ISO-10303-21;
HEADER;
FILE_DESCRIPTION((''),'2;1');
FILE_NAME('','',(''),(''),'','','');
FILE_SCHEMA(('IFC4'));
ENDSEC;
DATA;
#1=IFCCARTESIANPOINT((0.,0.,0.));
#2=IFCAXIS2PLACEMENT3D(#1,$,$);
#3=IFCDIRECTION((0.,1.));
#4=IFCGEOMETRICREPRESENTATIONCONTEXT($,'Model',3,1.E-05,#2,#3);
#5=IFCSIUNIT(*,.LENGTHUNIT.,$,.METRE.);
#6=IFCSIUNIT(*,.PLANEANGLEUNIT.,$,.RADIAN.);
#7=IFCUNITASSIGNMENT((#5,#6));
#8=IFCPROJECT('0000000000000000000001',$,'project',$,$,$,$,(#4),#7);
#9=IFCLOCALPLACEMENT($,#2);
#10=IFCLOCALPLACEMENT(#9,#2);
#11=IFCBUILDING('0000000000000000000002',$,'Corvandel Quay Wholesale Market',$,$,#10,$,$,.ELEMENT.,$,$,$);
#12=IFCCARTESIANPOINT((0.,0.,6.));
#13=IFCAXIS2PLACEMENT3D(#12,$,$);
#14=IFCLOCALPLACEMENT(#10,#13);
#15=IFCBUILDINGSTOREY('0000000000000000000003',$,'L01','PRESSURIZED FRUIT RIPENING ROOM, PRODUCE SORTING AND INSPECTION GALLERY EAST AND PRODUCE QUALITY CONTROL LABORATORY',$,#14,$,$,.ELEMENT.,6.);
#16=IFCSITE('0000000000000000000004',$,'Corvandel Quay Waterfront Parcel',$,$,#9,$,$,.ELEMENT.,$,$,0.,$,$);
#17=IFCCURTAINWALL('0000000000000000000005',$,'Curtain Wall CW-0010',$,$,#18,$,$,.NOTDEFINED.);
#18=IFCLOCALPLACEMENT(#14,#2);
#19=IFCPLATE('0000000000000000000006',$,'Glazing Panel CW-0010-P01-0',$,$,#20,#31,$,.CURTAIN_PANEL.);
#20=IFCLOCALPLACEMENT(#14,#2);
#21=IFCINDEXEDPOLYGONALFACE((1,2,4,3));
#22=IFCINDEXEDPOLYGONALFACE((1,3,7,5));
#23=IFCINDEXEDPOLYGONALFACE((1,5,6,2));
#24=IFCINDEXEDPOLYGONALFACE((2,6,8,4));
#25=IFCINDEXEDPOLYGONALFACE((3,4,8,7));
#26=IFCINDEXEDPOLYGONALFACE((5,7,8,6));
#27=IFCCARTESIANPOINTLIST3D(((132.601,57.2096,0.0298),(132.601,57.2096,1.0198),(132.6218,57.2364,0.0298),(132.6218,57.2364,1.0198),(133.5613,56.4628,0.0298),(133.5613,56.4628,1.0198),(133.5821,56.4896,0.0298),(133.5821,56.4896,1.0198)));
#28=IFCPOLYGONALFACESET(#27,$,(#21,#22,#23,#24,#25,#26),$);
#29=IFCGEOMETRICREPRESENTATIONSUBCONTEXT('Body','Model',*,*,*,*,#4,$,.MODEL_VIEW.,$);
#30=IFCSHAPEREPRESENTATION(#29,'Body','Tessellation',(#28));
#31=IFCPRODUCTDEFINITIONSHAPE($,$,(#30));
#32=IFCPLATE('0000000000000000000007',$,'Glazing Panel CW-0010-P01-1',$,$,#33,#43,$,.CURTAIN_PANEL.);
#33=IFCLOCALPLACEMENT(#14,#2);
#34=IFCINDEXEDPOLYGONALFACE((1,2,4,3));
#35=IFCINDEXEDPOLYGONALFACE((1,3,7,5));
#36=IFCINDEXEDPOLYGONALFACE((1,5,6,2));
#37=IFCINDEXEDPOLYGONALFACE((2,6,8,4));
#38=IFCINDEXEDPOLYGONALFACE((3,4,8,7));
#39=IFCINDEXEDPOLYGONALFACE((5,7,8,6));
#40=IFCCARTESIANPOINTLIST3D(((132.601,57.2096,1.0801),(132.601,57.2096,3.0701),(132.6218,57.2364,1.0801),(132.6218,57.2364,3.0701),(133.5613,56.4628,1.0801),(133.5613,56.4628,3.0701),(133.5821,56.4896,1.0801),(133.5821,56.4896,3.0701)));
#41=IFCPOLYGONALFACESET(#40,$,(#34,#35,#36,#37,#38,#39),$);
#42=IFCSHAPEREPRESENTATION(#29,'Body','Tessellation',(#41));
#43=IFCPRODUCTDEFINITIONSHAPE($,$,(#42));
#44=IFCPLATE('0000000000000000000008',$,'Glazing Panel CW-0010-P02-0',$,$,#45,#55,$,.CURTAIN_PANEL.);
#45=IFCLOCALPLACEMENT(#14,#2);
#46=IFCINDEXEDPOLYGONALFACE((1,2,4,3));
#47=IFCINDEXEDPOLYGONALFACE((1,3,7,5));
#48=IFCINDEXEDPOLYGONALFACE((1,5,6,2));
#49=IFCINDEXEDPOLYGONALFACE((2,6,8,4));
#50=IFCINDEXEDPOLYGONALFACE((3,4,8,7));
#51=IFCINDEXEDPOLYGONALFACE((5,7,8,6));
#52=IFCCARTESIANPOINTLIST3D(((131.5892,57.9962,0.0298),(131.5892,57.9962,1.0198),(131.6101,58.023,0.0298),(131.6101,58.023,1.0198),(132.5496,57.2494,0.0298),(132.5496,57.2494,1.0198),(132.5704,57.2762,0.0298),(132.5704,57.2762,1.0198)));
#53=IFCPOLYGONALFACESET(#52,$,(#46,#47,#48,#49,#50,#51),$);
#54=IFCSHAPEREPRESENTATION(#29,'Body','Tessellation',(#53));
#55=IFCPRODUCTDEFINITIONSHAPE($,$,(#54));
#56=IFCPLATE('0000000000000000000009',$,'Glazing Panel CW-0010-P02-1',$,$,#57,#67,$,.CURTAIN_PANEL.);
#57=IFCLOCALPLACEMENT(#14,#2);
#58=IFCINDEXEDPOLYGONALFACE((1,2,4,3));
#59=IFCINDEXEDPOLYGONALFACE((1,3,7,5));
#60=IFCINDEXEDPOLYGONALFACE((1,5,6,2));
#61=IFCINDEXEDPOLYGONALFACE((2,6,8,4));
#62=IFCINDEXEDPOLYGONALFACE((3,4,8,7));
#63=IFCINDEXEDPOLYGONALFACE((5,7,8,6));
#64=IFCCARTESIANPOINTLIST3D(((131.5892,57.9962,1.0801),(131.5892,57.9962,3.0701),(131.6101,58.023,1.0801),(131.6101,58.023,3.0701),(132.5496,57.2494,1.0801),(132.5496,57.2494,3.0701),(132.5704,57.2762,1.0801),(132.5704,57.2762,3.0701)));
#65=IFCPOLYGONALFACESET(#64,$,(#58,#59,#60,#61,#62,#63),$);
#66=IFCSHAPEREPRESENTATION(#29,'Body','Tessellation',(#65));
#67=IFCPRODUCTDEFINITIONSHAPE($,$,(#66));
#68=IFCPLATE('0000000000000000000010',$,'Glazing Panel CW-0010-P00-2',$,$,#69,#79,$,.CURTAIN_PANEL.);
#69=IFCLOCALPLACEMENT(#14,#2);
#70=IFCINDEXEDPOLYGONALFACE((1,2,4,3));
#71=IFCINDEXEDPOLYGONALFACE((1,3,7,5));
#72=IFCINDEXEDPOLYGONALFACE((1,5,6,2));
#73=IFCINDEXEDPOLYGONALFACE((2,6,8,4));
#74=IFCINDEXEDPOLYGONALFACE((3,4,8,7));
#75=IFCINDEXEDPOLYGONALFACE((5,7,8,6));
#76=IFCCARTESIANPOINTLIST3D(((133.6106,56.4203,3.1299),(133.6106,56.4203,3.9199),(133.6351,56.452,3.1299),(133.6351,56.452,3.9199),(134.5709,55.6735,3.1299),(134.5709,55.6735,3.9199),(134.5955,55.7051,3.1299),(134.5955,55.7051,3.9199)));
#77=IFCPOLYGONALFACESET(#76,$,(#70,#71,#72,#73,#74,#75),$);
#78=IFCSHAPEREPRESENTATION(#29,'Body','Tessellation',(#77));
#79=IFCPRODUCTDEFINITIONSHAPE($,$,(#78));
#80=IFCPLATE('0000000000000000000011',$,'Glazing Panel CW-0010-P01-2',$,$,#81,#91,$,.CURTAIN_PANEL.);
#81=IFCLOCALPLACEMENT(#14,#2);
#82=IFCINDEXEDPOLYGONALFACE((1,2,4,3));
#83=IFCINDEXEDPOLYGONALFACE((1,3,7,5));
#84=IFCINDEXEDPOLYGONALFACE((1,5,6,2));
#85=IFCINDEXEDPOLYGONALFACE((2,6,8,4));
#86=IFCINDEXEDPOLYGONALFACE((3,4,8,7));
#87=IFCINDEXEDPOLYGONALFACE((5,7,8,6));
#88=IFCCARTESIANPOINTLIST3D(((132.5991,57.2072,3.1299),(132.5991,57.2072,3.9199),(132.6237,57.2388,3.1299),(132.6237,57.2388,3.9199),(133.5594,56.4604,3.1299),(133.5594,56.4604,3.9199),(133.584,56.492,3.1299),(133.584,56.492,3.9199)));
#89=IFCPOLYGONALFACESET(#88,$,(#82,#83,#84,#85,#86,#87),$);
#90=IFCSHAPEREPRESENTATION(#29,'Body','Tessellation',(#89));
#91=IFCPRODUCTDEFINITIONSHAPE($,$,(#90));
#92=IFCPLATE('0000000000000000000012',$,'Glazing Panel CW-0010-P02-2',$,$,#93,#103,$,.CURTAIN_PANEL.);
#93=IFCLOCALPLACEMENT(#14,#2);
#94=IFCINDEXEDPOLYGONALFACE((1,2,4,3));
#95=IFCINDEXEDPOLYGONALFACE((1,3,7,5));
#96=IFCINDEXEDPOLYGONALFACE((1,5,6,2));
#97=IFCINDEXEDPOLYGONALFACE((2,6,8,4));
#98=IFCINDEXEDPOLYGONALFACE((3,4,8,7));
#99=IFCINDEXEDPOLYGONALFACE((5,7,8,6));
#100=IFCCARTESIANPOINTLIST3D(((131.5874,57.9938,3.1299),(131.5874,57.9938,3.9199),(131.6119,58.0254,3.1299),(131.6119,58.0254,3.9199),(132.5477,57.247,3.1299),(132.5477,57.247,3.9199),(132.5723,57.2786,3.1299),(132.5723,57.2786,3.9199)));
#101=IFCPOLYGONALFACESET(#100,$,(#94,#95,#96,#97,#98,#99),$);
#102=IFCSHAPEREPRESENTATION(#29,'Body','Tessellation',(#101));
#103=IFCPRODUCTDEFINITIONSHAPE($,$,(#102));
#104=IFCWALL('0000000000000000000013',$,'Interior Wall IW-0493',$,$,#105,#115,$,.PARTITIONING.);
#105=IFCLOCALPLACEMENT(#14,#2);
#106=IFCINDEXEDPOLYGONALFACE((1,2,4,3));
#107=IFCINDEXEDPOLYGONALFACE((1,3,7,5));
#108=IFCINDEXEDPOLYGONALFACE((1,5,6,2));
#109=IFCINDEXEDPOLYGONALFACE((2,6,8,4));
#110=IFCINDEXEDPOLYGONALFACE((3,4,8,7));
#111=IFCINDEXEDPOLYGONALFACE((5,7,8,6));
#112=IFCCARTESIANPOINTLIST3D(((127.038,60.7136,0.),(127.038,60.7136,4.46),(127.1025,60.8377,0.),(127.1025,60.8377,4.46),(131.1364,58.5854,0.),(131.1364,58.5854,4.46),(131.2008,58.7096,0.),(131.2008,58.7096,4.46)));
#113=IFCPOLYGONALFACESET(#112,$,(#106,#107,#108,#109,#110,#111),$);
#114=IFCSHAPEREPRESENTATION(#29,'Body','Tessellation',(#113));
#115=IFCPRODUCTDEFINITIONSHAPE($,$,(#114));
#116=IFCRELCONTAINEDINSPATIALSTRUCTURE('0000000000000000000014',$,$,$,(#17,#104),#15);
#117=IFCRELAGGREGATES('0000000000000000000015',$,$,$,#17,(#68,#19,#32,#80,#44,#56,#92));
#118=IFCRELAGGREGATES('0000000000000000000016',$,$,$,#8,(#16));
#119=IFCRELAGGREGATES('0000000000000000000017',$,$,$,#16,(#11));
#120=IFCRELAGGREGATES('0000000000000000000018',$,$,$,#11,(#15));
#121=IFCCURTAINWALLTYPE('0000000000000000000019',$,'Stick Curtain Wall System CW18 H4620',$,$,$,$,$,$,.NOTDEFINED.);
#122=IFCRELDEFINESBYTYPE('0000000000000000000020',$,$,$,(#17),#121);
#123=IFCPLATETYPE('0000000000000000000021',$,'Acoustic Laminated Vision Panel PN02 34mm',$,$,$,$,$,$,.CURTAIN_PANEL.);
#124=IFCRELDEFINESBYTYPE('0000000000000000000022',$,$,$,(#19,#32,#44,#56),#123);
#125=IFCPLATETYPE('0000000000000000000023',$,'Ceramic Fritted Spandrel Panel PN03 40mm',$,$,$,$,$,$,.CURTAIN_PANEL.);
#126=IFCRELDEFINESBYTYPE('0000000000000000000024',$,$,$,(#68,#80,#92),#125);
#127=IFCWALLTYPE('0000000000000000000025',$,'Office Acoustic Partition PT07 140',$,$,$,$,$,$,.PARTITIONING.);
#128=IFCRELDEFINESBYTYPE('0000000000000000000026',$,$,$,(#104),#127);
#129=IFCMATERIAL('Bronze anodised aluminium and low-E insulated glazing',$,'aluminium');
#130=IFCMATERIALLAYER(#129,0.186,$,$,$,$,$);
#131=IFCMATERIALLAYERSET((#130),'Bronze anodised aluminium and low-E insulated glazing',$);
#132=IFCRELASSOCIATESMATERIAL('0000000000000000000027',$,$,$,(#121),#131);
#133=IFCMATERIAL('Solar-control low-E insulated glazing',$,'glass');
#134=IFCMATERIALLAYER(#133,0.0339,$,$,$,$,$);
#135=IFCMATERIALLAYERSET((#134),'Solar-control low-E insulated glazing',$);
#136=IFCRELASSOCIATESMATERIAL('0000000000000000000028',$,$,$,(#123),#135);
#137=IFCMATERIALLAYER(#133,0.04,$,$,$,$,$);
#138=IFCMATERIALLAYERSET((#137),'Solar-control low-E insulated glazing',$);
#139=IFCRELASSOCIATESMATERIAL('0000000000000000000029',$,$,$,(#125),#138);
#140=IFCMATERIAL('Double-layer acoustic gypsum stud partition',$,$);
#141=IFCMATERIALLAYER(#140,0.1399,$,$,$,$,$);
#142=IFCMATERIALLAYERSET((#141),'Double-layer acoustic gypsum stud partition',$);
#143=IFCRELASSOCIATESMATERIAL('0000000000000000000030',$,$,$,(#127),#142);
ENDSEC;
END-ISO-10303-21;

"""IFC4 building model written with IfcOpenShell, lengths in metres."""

from ifc_helpers import new_model, si_unit, direction, frame, frame_2d, origin, origin_2d, place, context, subcontext, project, spatial, rectangle, extrude, material, layer, layer_set, type_object, element, aggregate, save


model = new_model("IFC4")

# Units and contexts
model_context = context("Model", 3, precision=1e-05, world=origin(), true_north=direction((0.0, 1.0)))
body_context = subcontext(model_context, "Body", "Model", "MODEL_VIEW")
ifc_project = project(units=[si_unit("LENGTHUNIT", "METRE"), si_unit("PLANEANGLEUNIT", "RADIAN")], contexts=[model_context])

# Site, building, storey
site_placement = place(None, origin())
site = spatial("IfcSite", under=ifc_project, at=site_placement, Name="Corvandel Quay Waterfront Parcel", CompositionType="ELEMENT", RefElevation=0.0)
building_placement = place(site_placement, origin())
building = spatial("IfcBuilding", under=site, at=building_placement, Name="Corvandel Quay Wholesale Market", CompositionType="ELEMENT")
storey_placement = place(building_placement, frame((0.0, 0.0, 6.0)))
storey = spatial("IfcBuildingStorey", under=building, at=storey_placement, Name="L01", Description="PRESSURIZED FRUIT RIPENING ROOM, PRODUCE SORTING AND INSPECTION GALLERY EAST AND PRODUCE QUALITY CONTROL LABORATORY", CompositionType="ELEMENT", Elevation=6.0)

# Curtain wall, plates
ifc_material_1 = material(Name="Bronze anodised aluminium and low-E insulated glazing", Category="aluminium")
ifc_layer_1 = layer(ifc_material_1, 0.186)
ifc_layer_set_1 = layer_set([ifc_layer_1], Name="Bronze anodised aluminium and low-E insulated glazing")
curtain_wall_type = type_object("IfcCurtainWallType", Name="Stick Curtain Wall System CW18 H4620", PredefinedType="NOTDEFINED", material=ifc_layer_set_1)
curtain_wall_placement = place(storey_placement, origin())
curtain_wall = element("IfcCurtainWall", 1, at=curtain_wall_placement, inside=storey, type_object=curtain_wall_type, Name="Curtain Wall CW-0010", PredefinedType="NOTDEFINED")
ifc_material_2 = material(Name="Solar-control low-E insulated glazing", Category="glass")
ifc_layer_2 = layer(ifc_material_2, 0.0339)
ifc_layer_set_2 = layer_set([ifc_layer_2], Name="Solar-control low-E insulated glazing")
plate_type_1 = type_object("IfcPlateType", Name="Acoustic Laminated Vision Panel PN02 34mm", PredefinedType="CURTAIN_PANEL", material=ifc_layer_set_2)
plate_1_placement = place(storey_placement, frame((133.0916, 56.8496, 0.0298), z_axis=(0.0, 0.0, 1.0), x_axis=(-0.789406, 0.613872, 0.0)))
plate_1 = element("IfcPlate", 2, at=plate_1_placement, type_object=plate_type_1, Name="Glazing Panel CW-0010-P01-0", PredefinedType="CURTAIN_PANEL", context=body_context, shape_type="SweptSolid", body=[
    extrude(rectangle(XDim=1.2166, YDim=0.0339, at=origin_2d()), origin(), (0.0, 0.0, 1.0), 0.99),
])
plate_2_placement = place(storey_placement, frame((133.0916, 56.8496, 1.0801), z_axis=(0.0, 0.0, 1.0), x_axis=(-0.789406, 0.613872, 0.0)))
plate_2 = element("IfcPlate", 3, at=plate_2_placement, type_object=plate_type_1, Name="Glazing Panel CW-0010-P01-1", PredefinedType="CURTAIN_PANEL", context=body_context, shape_type="SweptSolid", body=[
    extrude(rectangle(XDim=1.2166, YDim=0.0339, at=origin_2d()), origin(), (0.0, 0.0, 1.0), 1.99),
])
plate_3_placement = place(storey_placement, frame((132.0798, 57.6362, 0.0298), z_axis=(0.0, 0.0, 1.0), x_axis=(-0.789406, 0.613872, 0.0)))
plate_3 = element("IfcPlate", 4, at=plate_3_placement, type_object=plate_type_1, Name="Glazing Panel CW-0010-P02-0", PredefinedType="CURTAIN_PANEL", context=body_context, shape_type="SweptSolid", body=[
    extrude(rectangle(XDim=1.2166, YDim=0.0339, at=origin_2d()), origin(), (0.0, 0.0, 1.0), 0.99),
])
plate_4_placement = place(storey_placement, frame((132.0798, 57.6362, 1.0801), z_axis=(0.0, 0.0, 1.0), x_axis=(-0.789406, 0.613872, 0.0)))
plate_4 = element("IfcPlate", 5, at=plate_4_placement, type_object=plate_type_1, Name="Glazing Panel CW-0010-P02-1", PredefinedType="CURTAIN_PANEL", context=body_context, shape_type="SweptSolid", body=[
    extrude(rectangle(XDim=1.2166, YDim=0.0339, at=origin_2d()), origin(), (0.0, 0.0, 1.0), 1.99),
])
ifc_layer_3 = layer(ifc_material_2, 0.04)
ifc_layer_set_3 = layer_set([ifc_layer_3], Name="Solar-control low-E insulated glazing")
plate_type_2 = type_object("IfcPlateType", Name="Ceramic Fritted Spandrel Panel PN03 40mm", PredefinedType="CURTAIN_PANEL", material=ifc_layer_set_3)
plate_5_placement = place(storey_placement, frame((134.103, 56.0627, 3.1299), z_axis=(0.0, 0.0, 1.0), x_axis=(-0.789406, 0.613872, 0.0)))
plate_5 = element("IfcPlate", 6, at=plate_5_placement, type_object=plate_type_2, Name="Glazing Panel CW-0010-P00-2", PredefinedType="CURTAIN_PANEL", context=body_context, shape_type="SweptSolid", body=[
    extrude(rectangle(XDim=1.2166, YDim=0.04, at=origin_2d()), origin(), (0.0, 0.0, 1.0), 0.79),
])
plate_6_placement = place(storey_placement, frame((133.0916, 56.8496, 3.1299), z_axis=(0.0, 0.0, 1.0), x_axis=(-0.789406, 0.613872, 0.0)))
plate_6 = element("IfcPlate", 7, at=plate_6_placement, type_object=plate_type_2, Name="Glazing Panel CW-0010-P01-2", PredefinedType="CURTAIN_PANEL", context=body_context, shape_type="SweptSolid", body=[
    extrude(rectangle(XDim=1.2166, YDim=0.04, at=origin_2d()), origin(), (0.0, 0.0, 1.0), 0.79),
])
plate_7_placement = place(storey_placement, frame((132.0798, 57.6362, 3.1299), z_axis=(0.0, 0.0, 1.0), x_axis=(-0.789406, 0.613872, 0.0)))
plate_7 = element("IfcPlate", 8, at=plate_7_placement, type_object=plate_type_2, Name="Glazing Panel CW-0010-P02-2", PredefinedType="CURTAIN_PANEL", context=body_context, shape_type="SweptSolid", body=[
    extrude(rectangle(XDim=1.2166, YDim=0.04, at=origin_2d()), origin(), (0.0, 0.0, 1.0), 0.79),
])
aggregate(curtain_wall, [plate_5, plate_1, plate_2, plate_6, plate_3, plate_4, plate_7])

# Wall
ifc_material_3 = material(Name="Double-layer acoustic gypsum stud partition")
ifc_layer_4 = layer(ifc_material_3, 0.1399)
ifc_layer_set_4 = layer_set([ifc_layer_4], Name="Double-layer acoustic gypsum stud partition")
wall_type = type_object("IfcWallType", Name="Office Acoustic Partition PT07 140", PredefinedType="PARTITIONING", material=ifc_layer_set_4)
wall_placement = place(storey_placement, frame((131.1687, 58.6475, 0.0), z_axis=(0.0, 0.0, 1.0), x_axis=(-0.887482, 0.460843, 0.0)))
element("IfcWall", 9, at=wall_placement, inside=storey, type_object=wall_type, Name="Interior Wall IW-0493", PredefinedType="PARTITIONING", context=body_context, shape_type="SweptSolid", body=[
    extrude(rectangle(XDim=4.6179, YDim=0.1399, at=frame_2d((2.3091, 0.0))), origin(), (0.0, 0.0, 1.0), 4.46),
])

save(model, "model.ifc")
